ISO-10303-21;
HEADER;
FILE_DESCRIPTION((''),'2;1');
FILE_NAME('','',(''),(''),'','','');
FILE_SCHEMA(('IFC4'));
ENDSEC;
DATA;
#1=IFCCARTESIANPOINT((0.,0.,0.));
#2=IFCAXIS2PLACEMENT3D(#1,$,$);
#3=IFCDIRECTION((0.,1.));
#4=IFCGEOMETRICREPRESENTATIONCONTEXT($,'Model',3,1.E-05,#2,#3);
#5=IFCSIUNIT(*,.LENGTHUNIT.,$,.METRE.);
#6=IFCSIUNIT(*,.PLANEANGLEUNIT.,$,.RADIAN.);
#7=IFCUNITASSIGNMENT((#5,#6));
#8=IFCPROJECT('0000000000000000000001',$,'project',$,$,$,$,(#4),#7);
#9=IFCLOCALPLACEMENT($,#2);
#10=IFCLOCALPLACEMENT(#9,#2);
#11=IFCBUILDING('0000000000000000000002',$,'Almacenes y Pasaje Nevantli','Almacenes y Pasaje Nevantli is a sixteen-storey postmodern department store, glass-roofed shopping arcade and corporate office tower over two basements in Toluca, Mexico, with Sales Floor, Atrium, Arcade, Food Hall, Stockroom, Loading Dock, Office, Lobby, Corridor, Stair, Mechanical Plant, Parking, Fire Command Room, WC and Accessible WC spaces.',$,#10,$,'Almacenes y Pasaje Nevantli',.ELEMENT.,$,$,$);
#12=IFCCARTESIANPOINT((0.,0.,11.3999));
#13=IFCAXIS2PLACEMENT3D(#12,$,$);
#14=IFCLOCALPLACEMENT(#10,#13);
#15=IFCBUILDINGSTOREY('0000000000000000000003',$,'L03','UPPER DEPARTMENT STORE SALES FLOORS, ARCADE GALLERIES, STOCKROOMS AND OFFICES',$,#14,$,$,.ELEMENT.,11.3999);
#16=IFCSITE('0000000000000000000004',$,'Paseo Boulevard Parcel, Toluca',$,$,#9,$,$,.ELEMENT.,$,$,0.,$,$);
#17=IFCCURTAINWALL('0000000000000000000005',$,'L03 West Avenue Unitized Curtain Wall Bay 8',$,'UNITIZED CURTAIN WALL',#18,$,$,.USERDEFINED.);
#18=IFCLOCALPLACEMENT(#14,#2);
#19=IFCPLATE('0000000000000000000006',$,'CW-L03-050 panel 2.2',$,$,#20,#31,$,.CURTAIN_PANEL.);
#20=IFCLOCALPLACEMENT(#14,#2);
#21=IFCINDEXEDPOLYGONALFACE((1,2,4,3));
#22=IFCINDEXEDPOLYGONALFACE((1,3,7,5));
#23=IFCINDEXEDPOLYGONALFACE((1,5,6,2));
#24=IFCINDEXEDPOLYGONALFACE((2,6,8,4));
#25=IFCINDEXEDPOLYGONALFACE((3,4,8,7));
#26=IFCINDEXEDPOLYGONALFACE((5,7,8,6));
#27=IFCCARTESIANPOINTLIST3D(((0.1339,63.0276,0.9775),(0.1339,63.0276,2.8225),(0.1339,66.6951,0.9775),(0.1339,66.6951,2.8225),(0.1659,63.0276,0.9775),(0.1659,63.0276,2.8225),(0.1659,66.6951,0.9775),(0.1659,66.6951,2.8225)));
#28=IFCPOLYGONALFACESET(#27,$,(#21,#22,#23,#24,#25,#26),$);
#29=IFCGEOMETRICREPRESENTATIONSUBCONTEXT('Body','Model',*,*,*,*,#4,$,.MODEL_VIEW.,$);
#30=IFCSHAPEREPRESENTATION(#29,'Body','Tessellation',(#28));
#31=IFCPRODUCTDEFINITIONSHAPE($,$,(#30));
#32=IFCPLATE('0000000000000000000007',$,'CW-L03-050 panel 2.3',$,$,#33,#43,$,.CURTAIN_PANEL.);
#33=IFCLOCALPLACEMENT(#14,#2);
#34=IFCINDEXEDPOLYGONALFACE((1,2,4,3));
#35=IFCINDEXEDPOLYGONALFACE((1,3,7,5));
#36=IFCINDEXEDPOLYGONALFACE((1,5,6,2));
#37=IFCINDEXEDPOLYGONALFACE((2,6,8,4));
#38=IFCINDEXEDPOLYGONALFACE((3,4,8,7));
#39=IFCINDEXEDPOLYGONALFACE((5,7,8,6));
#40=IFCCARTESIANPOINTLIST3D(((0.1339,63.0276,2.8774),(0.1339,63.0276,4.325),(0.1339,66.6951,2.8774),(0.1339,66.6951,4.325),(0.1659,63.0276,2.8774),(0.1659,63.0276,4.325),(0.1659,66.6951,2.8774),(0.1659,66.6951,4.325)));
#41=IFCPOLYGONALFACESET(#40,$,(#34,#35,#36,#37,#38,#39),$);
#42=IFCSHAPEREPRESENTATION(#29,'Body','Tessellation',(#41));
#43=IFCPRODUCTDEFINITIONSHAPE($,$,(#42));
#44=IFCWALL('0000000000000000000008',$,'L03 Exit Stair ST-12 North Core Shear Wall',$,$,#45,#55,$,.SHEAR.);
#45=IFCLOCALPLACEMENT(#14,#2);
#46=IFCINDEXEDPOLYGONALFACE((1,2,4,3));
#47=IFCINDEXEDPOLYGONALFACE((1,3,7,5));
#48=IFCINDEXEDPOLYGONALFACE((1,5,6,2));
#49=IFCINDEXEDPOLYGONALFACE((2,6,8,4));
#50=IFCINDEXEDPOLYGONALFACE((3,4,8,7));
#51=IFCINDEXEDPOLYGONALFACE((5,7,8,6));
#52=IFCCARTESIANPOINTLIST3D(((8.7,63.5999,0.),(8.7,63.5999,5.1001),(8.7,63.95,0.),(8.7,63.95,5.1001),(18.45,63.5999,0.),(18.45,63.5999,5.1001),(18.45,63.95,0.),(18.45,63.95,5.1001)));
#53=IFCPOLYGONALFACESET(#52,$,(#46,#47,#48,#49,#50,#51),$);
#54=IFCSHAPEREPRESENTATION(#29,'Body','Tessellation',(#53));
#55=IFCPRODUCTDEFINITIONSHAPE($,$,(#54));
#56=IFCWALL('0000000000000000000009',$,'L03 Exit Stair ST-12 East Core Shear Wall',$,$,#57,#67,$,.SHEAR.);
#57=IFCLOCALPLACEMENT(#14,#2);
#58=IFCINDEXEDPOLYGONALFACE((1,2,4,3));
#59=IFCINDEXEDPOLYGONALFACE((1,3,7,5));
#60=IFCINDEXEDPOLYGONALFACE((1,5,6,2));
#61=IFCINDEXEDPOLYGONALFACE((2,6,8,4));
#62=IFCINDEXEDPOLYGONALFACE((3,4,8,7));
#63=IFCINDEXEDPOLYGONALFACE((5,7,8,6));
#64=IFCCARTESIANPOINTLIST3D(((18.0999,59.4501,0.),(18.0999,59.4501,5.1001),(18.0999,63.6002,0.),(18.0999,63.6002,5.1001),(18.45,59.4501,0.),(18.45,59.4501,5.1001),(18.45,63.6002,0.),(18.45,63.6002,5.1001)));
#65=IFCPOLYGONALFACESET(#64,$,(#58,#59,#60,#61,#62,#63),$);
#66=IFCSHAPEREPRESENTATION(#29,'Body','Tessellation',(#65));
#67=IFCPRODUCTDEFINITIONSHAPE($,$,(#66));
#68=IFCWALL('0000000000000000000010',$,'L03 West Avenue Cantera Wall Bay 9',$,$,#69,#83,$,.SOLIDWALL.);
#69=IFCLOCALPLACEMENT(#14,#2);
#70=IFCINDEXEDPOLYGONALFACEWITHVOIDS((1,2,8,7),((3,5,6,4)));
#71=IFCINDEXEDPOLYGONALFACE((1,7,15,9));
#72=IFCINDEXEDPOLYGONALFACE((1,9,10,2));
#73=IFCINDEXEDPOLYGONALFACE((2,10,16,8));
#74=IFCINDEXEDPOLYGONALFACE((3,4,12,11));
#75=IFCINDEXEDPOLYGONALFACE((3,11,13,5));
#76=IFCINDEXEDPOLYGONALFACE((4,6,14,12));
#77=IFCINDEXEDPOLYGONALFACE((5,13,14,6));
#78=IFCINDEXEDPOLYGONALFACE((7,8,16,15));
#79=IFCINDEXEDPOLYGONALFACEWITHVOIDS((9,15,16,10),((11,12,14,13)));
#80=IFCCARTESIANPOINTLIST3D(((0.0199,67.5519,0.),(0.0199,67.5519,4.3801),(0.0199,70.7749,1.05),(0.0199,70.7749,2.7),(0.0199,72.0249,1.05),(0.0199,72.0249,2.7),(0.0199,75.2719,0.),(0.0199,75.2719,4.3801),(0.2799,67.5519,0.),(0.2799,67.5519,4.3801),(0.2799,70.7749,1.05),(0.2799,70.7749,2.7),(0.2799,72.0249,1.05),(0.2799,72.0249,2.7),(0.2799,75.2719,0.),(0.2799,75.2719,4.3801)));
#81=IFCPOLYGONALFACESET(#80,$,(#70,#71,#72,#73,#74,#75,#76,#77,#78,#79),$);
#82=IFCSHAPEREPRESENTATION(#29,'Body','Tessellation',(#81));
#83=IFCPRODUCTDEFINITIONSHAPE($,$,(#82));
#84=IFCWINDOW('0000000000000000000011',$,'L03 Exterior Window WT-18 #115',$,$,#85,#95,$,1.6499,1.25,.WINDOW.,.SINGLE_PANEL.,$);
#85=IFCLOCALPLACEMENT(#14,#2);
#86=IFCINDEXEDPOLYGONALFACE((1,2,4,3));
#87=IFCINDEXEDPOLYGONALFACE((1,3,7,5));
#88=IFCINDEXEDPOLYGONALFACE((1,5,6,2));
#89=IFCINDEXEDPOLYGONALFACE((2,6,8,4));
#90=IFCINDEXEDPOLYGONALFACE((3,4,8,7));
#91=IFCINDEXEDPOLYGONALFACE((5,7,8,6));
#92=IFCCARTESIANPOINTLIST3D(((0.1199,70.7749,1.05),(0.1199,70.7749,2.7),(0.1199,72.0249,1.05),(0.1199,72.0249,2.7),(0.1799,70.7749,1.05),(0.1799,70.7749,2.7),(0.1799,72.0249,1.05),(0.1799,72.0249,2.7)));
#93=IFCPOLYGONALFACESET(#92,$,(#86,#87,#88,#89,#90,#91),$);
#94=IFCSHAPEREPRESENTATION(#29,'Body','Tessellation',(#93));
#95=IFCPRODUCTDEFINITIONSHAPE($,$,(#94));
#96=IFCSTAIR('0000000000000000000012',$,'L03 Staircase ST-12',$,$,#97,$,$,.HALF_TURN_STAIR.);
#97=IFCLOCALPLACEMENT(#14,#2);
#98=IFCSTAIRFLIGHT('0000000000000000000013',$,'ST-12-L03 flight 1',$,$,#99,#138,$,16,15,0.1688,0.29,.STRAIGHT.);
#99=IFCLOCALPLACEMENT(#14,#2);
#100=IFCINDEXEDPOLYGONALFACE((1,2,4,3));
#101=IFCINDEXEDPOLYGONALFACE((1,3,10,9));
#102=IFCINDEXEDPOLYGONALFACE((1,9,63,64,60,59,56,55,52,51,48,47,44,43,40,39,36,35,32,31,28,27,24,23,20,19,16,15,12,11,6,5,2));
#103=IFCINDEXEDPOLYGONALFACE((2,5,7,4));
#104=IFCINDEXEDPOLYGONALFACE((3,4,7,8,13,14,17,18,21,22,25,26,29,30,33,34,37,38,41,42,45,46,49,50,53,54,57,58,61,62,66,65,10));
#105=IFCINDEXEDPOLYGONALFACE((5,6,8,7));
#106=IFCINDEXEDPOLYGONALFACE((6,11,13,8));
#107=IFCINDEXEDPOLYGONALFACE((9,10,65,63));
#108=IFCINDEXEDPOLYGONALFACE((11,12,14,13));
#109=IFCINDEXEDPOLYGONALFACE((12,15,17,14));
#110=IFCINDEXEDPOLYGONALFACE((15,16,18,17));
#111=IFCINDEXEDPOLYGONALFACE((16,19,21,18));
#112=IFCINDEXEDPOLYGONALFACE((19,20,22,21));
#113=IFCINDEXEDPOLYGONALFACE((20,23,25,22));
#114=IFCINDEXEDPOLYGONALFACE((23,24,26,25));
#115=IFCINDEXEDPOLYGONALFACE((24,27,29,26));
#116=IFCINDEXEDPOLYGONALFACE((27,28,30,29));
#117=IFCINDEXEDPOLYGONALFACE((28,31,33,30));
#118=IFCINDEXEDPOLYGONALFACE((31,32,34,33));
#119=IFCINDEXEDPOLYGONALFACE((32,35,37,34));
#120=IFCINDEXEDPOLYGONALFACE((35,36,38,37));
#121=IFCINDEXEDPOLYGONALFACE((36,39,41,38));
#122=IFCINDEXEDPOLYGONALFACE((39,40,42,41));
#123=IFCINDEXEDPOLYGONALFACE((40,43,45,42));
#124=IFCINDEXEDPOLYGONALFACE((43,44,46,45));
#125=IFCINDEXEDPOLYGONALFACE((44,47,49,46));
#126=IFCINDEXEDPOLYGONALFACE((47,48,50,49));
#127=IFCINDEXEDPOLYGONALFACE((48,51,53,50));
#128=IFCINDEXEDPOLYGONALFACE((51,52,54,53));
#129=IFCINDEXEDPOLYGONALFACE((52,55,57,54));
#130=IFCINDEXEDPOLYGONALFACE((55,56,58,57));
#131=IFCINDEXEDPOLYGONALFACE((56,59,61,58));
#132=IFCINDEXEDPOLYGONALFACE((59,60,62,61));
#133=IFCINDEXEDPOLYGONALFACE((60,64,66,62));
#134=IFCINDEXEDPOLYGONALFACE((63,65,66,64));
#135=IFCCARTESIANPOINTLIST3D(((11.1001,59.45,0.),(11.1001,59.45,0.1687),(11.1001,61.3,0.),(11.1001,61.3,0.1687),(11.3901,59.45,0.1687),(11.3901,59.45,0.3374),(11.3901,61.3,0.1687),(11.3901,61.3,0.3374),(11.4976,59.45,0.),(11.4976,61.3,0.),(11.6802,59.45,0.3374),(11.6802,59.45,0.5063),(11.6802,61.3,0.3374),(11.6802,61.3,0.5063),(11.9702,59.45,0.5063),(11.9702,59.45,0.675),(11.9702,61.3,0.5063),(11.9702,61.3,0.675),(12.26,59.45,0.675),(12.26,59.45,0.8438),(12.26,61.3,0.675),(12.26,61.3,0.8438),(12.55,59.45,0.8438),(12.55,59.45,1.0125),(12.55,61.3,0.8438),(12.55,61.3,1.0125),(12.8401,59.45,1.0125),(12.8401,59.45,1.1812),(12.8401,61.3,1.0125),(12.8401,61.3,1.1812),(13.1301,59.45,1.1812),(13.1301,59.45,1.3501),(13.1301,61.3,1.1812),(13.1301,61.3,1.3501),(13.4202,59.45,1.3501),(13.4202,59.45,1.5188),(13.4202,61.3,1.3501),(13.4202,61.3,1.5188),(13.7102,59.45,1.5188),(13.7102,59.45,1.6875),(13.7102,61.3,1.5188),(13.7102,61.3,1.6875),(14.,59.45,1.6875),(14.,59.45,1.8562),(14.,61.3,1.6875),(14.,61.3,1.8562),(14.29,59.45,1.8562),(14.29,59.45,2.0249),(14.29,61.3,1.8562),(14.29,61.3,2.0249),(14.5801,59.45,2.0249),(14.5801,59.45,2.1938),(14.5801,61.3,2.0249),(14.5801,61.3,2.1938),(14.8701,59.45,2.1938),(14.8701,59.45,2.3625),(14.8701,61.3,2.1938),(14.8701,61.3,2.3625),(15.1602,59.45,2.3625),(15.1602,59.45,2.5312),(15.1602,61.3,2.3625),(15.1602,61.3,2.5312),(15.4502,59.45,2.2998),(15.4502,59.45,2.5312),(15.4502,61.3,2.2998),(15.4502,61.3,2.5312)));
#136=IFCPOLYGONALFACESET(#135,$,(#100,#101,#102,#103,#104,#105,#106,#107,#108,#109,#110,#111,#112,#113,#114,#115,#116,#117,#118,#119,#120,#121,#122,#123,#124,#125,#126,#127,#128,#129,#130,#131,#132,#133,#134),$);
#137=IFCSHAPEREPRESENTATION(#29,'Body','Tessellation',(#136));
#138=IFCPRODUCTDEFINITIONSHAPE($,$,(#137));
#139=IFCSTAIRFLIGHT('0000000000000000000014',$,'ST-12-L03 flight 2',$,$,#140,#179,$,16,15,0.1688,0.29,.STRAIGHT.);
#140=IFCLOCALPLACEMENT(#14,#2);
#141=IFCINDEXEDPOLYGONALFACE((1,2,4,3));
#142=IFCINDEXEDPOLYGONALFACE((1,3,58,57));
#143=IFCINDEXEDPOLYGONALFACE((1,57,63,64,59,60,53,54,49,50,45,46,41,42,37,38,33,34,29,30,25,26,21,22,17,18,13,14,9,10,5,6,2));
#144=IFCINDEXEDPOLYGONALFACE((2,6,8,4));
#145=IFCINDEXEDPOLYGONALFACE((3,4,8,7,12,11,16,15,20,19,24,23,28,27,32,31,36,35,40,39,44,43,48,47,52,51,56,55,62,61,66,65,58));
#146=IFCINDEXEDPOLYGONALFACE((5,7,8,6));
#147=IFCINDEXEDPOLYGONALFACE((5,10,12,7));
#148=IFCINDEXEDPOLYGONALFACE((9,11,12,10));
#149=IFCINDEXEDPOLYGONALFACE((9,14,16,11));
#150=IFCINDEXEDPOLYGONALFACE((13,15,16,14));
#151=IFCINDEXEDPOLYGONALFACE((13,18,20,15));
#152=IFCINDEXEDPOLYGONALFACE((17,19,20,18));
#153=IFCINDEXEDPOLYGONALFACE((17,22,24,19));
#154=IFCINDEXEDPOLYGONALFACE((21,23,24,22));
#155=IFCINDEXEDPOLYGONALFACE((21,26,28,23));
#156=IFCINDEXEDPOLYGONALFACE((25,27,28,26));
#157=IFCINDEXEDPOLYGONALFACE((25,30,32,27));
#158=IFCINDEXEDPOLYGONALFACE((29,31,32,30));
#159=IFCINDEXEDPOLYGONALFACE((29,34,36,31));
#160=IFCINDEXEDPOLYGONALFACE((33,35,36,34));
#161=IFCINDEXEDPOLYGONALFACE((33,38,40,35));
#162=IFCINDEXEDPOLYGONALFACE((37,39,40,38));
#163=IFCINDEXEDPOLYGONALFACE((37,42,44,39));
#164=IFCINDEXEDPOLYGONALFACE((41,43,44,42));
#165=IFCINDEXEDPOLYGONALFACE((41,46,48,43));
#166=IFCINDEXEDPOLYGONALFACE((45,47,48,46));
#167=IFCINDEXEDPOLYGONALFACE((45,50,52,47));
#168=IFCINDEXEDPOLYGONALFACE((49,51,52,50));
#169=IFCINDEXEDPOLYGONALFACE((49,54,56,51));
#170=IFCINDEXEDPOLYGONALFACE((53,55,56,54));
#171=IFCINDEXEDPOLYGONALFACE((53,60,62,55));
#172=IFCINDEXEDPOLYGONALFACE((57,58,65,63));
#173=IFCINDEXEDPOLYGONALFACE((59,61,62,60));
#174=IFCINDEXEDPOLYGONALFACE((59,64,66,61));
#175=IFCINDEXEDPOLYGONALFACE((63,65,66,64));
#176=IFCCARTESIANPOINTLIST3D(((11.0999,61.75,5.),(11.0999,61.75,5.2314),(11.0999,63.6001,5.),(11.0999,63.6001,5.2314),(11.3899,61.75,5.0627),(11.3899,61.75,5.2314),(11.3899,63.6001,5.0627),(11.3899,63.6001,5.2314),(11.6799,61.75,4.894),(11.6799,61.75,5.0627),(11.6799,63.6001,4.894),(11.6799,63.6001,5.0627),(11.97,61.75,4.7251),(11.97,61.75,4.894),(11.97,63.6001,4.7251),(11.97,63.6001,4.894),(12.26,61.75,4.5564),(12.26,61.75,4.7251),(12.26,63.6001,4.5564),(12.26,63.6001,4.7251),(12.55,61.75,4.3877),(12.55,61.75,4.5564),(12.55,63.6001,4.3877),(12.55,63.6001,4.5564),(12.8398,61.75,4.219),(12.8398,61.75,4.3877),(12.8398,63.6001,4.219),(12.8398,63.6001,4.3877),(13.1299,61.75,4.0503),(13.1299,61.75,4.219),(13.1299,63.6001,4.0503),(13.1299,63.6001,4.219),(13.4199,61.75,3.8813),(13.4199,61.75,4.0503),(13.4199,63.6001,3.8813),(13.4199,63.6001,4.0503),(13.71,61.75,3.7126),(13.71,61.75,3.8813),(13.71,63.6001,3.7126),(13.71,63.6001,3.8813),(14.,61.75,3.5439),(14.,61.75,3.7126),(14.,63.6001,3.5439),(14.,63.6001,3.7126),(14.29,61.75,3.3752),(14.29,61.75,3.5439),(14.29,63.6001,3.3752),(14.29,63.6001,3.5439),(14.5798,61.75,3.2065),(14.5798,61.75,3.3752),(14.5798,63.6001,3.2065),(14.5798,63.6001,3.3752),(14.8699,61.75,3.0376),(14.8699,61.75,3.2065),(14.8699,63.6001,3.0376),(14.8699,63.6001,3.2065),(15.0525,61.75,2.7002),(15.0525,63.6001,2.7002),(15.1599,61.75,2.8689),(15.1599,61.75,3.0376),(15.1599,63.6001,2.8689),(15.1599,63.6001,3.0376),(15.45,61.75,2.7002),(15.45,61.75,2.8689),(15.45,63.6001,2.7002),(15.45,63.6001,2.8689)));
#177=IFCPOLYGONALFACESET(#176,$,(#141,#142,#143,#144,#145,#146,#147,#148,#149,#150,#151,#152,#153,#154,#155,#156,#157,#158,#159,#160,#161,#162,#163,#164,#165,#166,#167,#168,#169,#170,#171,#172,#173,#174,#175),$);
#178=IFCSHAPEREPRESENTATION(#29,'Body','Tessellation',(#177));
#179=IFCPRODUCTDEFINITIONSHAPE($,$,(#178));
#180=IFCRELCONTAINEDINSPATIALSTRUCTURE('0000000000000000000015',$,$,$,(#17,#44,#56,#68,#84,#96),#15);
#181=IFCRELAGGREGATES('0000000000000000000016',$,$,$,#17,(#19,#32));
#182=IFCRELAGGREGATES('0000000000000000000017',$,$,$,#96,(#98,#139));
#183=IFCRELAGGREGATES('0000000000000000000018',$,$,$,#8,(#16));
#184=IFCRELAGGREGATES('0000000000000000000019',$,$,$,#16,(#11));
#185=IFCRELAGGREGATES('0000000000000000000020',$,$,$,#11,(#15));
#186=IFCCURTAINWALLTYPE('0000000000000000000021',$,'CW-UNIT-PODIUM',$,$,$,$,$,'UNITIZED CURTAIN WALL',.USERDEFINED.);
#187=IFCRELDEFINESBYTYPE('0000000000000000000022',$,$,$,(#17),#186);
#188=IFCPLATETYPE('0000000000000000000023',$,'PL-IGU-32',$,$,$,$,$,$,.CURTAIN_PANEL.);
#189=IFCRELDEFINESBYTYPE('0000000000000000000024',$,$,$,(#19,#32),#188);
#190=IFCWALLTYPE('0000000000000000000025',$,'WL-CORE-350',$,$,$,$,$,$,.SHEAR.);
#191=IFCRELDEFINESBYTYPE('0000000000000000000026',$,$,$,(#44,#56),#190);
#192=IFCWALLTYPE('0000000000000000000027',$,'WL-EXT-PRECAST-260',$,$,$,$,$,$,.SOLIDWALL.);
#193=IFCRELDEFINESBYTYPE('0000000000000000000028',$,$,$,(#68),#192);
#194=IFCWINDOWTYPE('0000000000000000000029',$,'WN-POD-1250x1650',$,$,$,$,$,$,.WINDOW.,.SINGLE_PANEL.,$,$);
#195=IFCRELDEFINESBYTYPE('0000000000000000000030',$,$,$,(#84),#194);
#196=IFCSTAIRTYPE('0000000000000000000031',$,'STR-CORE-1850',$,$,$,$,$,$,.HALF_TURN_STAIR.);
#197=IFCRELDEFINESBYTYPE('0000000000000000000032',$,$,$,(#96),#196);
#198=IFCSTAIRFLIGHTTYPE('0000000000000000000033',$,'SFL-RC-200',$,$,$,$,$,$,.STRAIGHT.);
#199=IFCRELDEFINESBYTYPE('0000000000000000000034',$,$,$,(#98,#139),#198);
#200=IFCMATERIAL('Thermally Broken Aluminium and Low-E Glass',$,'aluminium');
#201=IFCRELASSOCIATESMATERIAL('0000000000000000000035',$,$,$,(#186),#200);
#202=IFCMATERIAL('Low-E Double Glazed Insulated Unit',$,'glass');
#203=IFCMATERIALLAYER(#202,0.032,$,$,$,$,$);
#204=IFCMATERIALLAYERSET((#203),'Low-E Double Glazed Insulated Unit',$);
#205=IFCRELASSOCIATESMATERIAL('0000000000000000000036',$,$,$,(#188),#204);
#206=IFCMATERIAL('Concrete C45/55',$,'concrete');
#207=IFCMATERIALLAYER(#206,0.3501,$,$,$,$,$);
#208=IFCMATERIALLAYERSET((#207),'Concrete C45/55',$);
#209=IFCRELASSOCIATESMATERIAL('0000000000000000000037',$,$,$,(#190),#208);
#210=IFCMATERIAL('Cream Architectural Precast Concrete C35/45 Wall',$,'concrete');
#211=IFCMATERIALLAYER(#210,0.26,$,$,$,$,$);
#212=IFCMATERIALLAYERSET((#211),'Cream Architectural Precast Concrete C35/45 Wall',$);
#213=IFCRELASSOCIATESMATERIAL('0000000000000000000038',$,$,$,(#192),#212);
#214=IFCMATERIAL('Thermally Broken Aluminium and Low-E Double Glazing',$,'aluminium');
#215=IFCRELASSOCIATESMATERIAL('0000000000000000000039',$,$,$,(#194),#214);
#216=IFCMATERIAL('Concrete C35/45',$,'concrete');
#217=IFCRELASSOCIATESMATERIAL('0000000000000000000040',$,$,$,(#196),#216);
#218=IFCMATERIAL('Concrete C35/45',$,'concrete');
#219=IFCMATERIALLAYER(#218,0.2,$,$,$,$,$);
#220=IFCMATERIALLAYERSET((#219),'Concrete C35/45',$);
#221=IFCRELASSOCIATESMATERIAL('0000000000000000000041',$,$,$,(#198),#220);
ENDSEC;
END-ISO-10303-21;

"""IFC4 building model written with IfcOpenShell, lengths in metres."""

from ifc_helpers import new_model, si_unit, direction, frame, frame_2d, origin, origin_2d, place, context, subcontext, project, spatial, polyline, rectangle, outline, extrude, material, layer, layer_set, type_object, element, fill, aggregate, save


model = new_model("IFC4")

# Units and contexts
model_context = context("Model", 3, precision=1e-05, world=origin(), true_north=direction((0.0, 1.0)))
body_context = subcontext(model_context, "Body", "Model", "MODEL_VIEW")
ifc_project = project(units=[si_unit("LENGTHUNIT", "METRE"), si_unit("PLANEANGLEUNIT", "RADIAN")], contexts=[model_context])

# Site, building, storey
site_placement = place(None, origin())
site = spatial("IfcSite", under=ifc_project, at=site_placement, Name="Paseo Boulevard Parcel, Toluca", CompositionType="ELEMENT", RefElevation=0.0)
building_placement = place(site_placement, origin())
building = spatial("IfcBuilding", under=site, at=building_placement, Name="Almacenes y Pasaje Nevantli", Description="Almacenes y Pasaje Nevantli is a sixteen-storey postmodern department store, glass-roofed shopping arcade and corporate office tower over two basements in Toluca, Mexico, with Sales Floor, Atrium, Arcade, Food Hall, Stockroom, Loading Dock, Office, Lobby, Corridor, Stair, Mechanical Plant, Parking, Fire Command Room, WC and Accessible WC spaces.", LongName="Almacenes y Pasaje Nevantli", CompositionType="ELEMENT")
storey_placement = place(building_placement, frame((0.0, 0.0, 11.3999)))
storey = spatial("IfcBuildingStorey", under=building, at=storey_placement, Name="L03", Description="UPPER DEPARTMENT STORE SALES FLOORS, ARCADE GALLERIES, STOCKROOMS AND OFFICES", CompositionType="ELEMENT", Elevation=11.3999)

# Curtain wall, plates
ifc_material_1 = material(Name="Thermally Broken Aluminium and Low-E Glass", Category="aluminium")
curtain_wall_type = type_object("IfcCurtainWallType", Name="CW-UNIT-PODIUM", ElementType="UNITIZED CURTAIN WALL", PredefinedType="USERDEFINED", material=ifc_material_1)
curtain_wall_placement = place(storey_placement, origin())
curtain_wall = element("IfcCurtainWall", 1, at=curtain_wall_placement, inside=storey, type_object=curtain_wall_type, Name="L03 West Avenue Unitized Curtain Wall Bay 8", ObjectType="UNITIZED CURTAIN WALL", PredefinedType="USERDEFINED")
ifc_material_2 = material(Name="Low-E Double Glazed Insulated Unit", Category="glass")
ifc_layer_1 = layer(ifc_material_2, 0.032)
ifc_layer_set_1 = layer_set([ifc_layer_1], Name="Low-E Double Glazed Insulated Unit")
plate_type = type_object("IfcPlateType", Name="PL-IGU-32", PredefinedType="CURTAIN_PANEL", material=ifc_layer_set_1)
plate_1_placement = place(storey_placement, frame((0.1499, 64.8613, 0.9775), z_axis=(0.0, 0.0, 1.0), x_axis=(0.0, 1.0, 0.0)))
plate_1 = element("IfcPlate", 2, at=plate_1_placement, type_object=plate_type, Name="CW-L03-050 panel 2.2", PredefinedType="CURTAIN_PANEL", context=body_context, shape_type="SweptSolid", body=[
    extrude(rectangle(XDim=3.6675, YDim=0.032, at=origin_2d()), origin(), (0.0, 0.0, 1.0), 1.845),
])
plate_2_placement = place(storey_placement, frame((0.1499, 64.8613, 2.8774), z_axis=(0.0, 0.0, 1.0), x_axis=(0.0, 1.0, 0.0)))
plate_2 = element("IfcPlate", 3, at=plate_2_placement, type_object=plate_type, Name="CW-L03-050 panel 2.3", PredefinedType="CURTAIN_PANEL", context=body_context, shape_type="SweptSolid", body=[
    extrude(rectangle(XDim=3.6675, YDim=0.032, at=origin_2d()), origin(), (0.0, 0.0, 1.0), 1.4475),
])
aggregate(curtain_wall, [plate_1, plate_2])

# Walls
ifc_material_3 = material(Name="Concrete C45/55", Category="concrete")
ifc_layer_2 = layer(ifc_material_3, 0.3501)
ifc_layer_set_2 = layer_set([ifc_layer_2], Name="Concrete C45/55")
wall_type_1 = type_object("IfcWallType", Name="WL-CORE-350", PredefinedType="SHEAR", material=ifc_layer_set_2)
wall_1_placement = place(storey_placement, frame((8.7, 63.7749, 0.0), z_axis=(0.0, 0.0, 1.0), x_axis=(1.0, 0.0, 0.0)))
element("IfcWall", 4, at=wall_1_placement, inside=storey, type_object=wall_type_1, Name="L03 Exit Stair ST-12 North Core Shear Wall", PredefinedType="SHEAR", context=body_context, shape_type="SweptSolid", body=[
    extrude(rectangle(XDim=9.75, YDim=0.3501, at=frame_2d((4.875, 0.0))), origin(), (0.0, 0.0, 1.0), 5.1001),
])
wall_2_placement = place(storey_placement, frame((18.2749, 59.45, 0.0), z_axis=(0.0, 0.0, 1.0), x_axis=(0.0, 1.0, 0.0)))
element("IfcWall", 5, at=wall_2_placement, inside=storey, type_object=wall_type_1, Name="L03 Exit Stair ST-12 East Core Shear Wall", PredefinedType="SHEAR", context=body_context, shape_type="SweptSolid", body=[
    extrude(rectangle(XDim=4.1501, YDim=0.3501, at=frame_2d((2.0752, 0.0))), origin(), (0.0, 0.0, 1.0), 5.1001),
])

# Wall, opening, window
ifc_material_4 = material(Name="Cream Architectural Precast Concrete C35/45 Wall", Category="concrete")
ifc_layer_3 = layer(ifc_material_4, 0.26)
ifc_layer_set_3 = layer_set([ifc_layer_3], Name="Cream Architectural Precast Concrete C35/45 Wall")
wall_type_2 = type_object("IfcWallType", Name="WL-EXT-PRECAST-260", PredefinedType="SOLIDWALL", material=ifc_layer_set_3)
wall_3_placement = place(storey_placement, frame((0.1499, 67.552, 0.0), z_axis=(0.0, 0.0, 1.0), x_axis=(0.0, 1.0, 0.0)))
wall_3 = element("IfcWall", 6, at=wall_3_placement, inside=storey, type_object=wall_type_2, Name="L03 West Avenue Cantera Wall Bay 9", PredefinedType="SOLIDWALL", context=body_context, shape_type="SweptSolid", body=[
    extrude(rectangle(XDim=7.72, YDim=0.26, at=frame_2d((3.8599, 0.0))), origin(), (0.0, 0.0, 1.0), 4.3801),
])
opening_placement = place(wall_3_placement, frame((3.2229, 0.0, 1.05)))
opening = element("IfcOpeningElement", 7, at=opening_placement, cuts=wall_3, PredefinedType="OPENING", context=body_context, shape_type="SweptSolid", body=[
    extrude(rectangle(XDim=1.25, YDim=1.6499, at=frame_2d((0.625, 0.825))), frame((0.0, 0.1399, 0.0), z_axis=(0.0, -1.0, 0.0), x_axis=(1.0, 0.0, 0.0)), (0.0, 0.0, 1.0), 0.28),
])
ifc_material_5 = material(Name="Thermally Broken Aluminium and Low-E Double Glazing", Category="aluminium")
window_type = type_object("IfcWindowType", Name="WN-POD-1250x1650", PartitioningType="SINGLE_PANEL", PredefinedType="WINDOW", material=ifc_material_5)
window_placement = place(opening_placement, origin())
window = element("IfcWindow", 8, at=window_placement, inside=storey, type_object=window_type, Name="L03 Exterior Window WT-18 #115", OverallHeight=1.6499, OverallWidth=1.25, PartitioningType="SINGLE_PANEL", PredefinedType="WINDOW", context=body_context, shape_type="SweptSolid", body=[
    extrude(rectangle(XDim=1.25, YDim=1.6499, at=frame_2d((0.625, 0.825))), frame((0.0, 0.03, 0.0), z_axis=(0.0, -1.0, 0.0), x_axis=(1.0, 0.0, 0.0)), (0.0, 0.0, 1.0), 0.0601),
])
fill(opening, window)

# Stair, stair flights
ifc_material_6 = material(Name="Concrete C35/45", Category="concrete")
stair_type = type_object("IfcStairType", Name="STR-CORE-1850", PredefinedType="HALF_TURN_STAIR", material=ifc_material_6)
stair_placement = place(storey_placement, origin())
stair = element("IfcStair", 9, at=stair_placement, inside=storey, type_object=stair_type, Name="L03 Staircase ST-12", PredefinedType="HALF_TURN_STAIR")
ifc_material_7 = material(Name="Concrete C35/45", Category="concrete")
ifc_layer_4 = layer(ifc_material_7, 0.2)
ifc_layer_set_4 = layer_set([ifc_layer_4], Name="Concrete C35/45")
stair_flight_type = type_object("IfcStairFlightType", Name="SFL-RC-200", PredefinedType="STRAIGHT", material=ifc_layer_set_4)
stair_flight_1_placement = place(storey_placement, frame((11.1001, 60.375, 0.0), z_axis=(0.0, 0.0, 1.0), x_axis=(1.0, 0.0, 0.0)))
stair_flight_1 = element("IfcStairFlight", 10, at=stair_flight_1_placement, type_object=stair_flight_type, Name="ST-12-L03 flight 1", NumberOfRisers=16, NumberOfTreads=15, PredefinedType="STRAIGHT", RiserHeight=0.1688, TreadLength=0.29, context=body_context, shape_type="SweptSolid", body=[
    extrude(outline(polyline([(0.0, 0.0), (0.0, 0.1687), (0.29, 0.1687), (0.29, 0.3374), (0.5801, 0.3374), (0.5801, 0.5063), (0.8701, 0.5063), (0.8701, 0.675), (1.1599, 0.675), (1.1599, 0.8438), (1.45, 0.8438), (1.45, 1.0125), (1.74, 1.0125), (1.74, 1.1812), (2.03, 1.1812), (2.03, 1.3501), (2.3201, 1.3501), (2.3201, 1.5188), (2.6101, 1.5188), (2.6101, 1.6875), (2.8999, 1.6875), (2.8999, 1.8562), (3.1899, 1.8562), (3.1899, 2.0249), (3.48, 2.0249), (3.48, 2.1938), (3.77, 2.1938), (3.77, 2.3625), (4.0601, 2.3625), (4.0601, 2.5312), (4.3501, 2.5312), (4.3501, 2.7), (4.3501, 2.2998), (0.3975, 0.0), (0.0, 0.0)])), frame((0.0, 0.925, 0.0), z_axis=(0.0, -1.0, 0.0), x_axis=(1.0, 0.0, 0.0)), (0.0, 0.0, 1.0), 1.8501),
])
stair_flight_2_placement = place(storey_placement, frame((15.45, 62.675, 2.7002), z_axis=(0.0, 0.0, 1.0), x_axis=(-1.0, 0.0, 0.0)))
stair_flight_2 = element("IfcStairFlight", 11, at=stair_flight_2_placement, type_object=stair_flight_type, Name="ST-12-L03 flight 2", NumberOfRisers=16, NumberOfTreads=15, PredefinedType="STRAIGHT", RiserHeight=0.1688, TreadLength=0.29, context=body_context, shape_type="SweptSolid", body=[
    extrude(outline(polyline([(0.0, 0.0), (0.0, 0.1687), (0.29, 0.1687), (0.29, 0.3374), (0.5801, 0.3374), (0.5801, 0.5063), (0.8701, 0.5063), (0.8701, 0.675), (1.1599, 0.675), (1.1599, 0.8438), (1.45, 0.8438), (1.45, 1.0125), (1.74, 1.0125), (1.74, 1.1812), (2.03, 1.1812), (2.03, 1.3501), (2.3201, 1.3501), (2.3201, 1.5188), (2.6101, 1.5188), (2.6101, 1.6875), (2.8999, 1.6875), (2.8999, 1.8562), (3.1899, 1.8562), (3.1899, 2.0249), (3.48, 2.0249), (3.48, 2.1938), (3.77, 2.1938), (3.77, 2.3625), (4.0601, 2.3625), (4.0601, 2.5312), (4.3501, 2.5312), (4.3501, 2.7), (4.3501, 2.2998), (0.3975, 0.0), (0.0, 0.0)])), frame((0.0, 0.925, 0.0), z_axis=(0.0, -1.0, 0.0), x_axis=(1.0, 0.0, 0.0)), (0.0, 0.0, 1.0), 1.8501),
])
aggregate(stair, [stair_flight_1, stair_flight_2])

save(model, "model.ifc")
